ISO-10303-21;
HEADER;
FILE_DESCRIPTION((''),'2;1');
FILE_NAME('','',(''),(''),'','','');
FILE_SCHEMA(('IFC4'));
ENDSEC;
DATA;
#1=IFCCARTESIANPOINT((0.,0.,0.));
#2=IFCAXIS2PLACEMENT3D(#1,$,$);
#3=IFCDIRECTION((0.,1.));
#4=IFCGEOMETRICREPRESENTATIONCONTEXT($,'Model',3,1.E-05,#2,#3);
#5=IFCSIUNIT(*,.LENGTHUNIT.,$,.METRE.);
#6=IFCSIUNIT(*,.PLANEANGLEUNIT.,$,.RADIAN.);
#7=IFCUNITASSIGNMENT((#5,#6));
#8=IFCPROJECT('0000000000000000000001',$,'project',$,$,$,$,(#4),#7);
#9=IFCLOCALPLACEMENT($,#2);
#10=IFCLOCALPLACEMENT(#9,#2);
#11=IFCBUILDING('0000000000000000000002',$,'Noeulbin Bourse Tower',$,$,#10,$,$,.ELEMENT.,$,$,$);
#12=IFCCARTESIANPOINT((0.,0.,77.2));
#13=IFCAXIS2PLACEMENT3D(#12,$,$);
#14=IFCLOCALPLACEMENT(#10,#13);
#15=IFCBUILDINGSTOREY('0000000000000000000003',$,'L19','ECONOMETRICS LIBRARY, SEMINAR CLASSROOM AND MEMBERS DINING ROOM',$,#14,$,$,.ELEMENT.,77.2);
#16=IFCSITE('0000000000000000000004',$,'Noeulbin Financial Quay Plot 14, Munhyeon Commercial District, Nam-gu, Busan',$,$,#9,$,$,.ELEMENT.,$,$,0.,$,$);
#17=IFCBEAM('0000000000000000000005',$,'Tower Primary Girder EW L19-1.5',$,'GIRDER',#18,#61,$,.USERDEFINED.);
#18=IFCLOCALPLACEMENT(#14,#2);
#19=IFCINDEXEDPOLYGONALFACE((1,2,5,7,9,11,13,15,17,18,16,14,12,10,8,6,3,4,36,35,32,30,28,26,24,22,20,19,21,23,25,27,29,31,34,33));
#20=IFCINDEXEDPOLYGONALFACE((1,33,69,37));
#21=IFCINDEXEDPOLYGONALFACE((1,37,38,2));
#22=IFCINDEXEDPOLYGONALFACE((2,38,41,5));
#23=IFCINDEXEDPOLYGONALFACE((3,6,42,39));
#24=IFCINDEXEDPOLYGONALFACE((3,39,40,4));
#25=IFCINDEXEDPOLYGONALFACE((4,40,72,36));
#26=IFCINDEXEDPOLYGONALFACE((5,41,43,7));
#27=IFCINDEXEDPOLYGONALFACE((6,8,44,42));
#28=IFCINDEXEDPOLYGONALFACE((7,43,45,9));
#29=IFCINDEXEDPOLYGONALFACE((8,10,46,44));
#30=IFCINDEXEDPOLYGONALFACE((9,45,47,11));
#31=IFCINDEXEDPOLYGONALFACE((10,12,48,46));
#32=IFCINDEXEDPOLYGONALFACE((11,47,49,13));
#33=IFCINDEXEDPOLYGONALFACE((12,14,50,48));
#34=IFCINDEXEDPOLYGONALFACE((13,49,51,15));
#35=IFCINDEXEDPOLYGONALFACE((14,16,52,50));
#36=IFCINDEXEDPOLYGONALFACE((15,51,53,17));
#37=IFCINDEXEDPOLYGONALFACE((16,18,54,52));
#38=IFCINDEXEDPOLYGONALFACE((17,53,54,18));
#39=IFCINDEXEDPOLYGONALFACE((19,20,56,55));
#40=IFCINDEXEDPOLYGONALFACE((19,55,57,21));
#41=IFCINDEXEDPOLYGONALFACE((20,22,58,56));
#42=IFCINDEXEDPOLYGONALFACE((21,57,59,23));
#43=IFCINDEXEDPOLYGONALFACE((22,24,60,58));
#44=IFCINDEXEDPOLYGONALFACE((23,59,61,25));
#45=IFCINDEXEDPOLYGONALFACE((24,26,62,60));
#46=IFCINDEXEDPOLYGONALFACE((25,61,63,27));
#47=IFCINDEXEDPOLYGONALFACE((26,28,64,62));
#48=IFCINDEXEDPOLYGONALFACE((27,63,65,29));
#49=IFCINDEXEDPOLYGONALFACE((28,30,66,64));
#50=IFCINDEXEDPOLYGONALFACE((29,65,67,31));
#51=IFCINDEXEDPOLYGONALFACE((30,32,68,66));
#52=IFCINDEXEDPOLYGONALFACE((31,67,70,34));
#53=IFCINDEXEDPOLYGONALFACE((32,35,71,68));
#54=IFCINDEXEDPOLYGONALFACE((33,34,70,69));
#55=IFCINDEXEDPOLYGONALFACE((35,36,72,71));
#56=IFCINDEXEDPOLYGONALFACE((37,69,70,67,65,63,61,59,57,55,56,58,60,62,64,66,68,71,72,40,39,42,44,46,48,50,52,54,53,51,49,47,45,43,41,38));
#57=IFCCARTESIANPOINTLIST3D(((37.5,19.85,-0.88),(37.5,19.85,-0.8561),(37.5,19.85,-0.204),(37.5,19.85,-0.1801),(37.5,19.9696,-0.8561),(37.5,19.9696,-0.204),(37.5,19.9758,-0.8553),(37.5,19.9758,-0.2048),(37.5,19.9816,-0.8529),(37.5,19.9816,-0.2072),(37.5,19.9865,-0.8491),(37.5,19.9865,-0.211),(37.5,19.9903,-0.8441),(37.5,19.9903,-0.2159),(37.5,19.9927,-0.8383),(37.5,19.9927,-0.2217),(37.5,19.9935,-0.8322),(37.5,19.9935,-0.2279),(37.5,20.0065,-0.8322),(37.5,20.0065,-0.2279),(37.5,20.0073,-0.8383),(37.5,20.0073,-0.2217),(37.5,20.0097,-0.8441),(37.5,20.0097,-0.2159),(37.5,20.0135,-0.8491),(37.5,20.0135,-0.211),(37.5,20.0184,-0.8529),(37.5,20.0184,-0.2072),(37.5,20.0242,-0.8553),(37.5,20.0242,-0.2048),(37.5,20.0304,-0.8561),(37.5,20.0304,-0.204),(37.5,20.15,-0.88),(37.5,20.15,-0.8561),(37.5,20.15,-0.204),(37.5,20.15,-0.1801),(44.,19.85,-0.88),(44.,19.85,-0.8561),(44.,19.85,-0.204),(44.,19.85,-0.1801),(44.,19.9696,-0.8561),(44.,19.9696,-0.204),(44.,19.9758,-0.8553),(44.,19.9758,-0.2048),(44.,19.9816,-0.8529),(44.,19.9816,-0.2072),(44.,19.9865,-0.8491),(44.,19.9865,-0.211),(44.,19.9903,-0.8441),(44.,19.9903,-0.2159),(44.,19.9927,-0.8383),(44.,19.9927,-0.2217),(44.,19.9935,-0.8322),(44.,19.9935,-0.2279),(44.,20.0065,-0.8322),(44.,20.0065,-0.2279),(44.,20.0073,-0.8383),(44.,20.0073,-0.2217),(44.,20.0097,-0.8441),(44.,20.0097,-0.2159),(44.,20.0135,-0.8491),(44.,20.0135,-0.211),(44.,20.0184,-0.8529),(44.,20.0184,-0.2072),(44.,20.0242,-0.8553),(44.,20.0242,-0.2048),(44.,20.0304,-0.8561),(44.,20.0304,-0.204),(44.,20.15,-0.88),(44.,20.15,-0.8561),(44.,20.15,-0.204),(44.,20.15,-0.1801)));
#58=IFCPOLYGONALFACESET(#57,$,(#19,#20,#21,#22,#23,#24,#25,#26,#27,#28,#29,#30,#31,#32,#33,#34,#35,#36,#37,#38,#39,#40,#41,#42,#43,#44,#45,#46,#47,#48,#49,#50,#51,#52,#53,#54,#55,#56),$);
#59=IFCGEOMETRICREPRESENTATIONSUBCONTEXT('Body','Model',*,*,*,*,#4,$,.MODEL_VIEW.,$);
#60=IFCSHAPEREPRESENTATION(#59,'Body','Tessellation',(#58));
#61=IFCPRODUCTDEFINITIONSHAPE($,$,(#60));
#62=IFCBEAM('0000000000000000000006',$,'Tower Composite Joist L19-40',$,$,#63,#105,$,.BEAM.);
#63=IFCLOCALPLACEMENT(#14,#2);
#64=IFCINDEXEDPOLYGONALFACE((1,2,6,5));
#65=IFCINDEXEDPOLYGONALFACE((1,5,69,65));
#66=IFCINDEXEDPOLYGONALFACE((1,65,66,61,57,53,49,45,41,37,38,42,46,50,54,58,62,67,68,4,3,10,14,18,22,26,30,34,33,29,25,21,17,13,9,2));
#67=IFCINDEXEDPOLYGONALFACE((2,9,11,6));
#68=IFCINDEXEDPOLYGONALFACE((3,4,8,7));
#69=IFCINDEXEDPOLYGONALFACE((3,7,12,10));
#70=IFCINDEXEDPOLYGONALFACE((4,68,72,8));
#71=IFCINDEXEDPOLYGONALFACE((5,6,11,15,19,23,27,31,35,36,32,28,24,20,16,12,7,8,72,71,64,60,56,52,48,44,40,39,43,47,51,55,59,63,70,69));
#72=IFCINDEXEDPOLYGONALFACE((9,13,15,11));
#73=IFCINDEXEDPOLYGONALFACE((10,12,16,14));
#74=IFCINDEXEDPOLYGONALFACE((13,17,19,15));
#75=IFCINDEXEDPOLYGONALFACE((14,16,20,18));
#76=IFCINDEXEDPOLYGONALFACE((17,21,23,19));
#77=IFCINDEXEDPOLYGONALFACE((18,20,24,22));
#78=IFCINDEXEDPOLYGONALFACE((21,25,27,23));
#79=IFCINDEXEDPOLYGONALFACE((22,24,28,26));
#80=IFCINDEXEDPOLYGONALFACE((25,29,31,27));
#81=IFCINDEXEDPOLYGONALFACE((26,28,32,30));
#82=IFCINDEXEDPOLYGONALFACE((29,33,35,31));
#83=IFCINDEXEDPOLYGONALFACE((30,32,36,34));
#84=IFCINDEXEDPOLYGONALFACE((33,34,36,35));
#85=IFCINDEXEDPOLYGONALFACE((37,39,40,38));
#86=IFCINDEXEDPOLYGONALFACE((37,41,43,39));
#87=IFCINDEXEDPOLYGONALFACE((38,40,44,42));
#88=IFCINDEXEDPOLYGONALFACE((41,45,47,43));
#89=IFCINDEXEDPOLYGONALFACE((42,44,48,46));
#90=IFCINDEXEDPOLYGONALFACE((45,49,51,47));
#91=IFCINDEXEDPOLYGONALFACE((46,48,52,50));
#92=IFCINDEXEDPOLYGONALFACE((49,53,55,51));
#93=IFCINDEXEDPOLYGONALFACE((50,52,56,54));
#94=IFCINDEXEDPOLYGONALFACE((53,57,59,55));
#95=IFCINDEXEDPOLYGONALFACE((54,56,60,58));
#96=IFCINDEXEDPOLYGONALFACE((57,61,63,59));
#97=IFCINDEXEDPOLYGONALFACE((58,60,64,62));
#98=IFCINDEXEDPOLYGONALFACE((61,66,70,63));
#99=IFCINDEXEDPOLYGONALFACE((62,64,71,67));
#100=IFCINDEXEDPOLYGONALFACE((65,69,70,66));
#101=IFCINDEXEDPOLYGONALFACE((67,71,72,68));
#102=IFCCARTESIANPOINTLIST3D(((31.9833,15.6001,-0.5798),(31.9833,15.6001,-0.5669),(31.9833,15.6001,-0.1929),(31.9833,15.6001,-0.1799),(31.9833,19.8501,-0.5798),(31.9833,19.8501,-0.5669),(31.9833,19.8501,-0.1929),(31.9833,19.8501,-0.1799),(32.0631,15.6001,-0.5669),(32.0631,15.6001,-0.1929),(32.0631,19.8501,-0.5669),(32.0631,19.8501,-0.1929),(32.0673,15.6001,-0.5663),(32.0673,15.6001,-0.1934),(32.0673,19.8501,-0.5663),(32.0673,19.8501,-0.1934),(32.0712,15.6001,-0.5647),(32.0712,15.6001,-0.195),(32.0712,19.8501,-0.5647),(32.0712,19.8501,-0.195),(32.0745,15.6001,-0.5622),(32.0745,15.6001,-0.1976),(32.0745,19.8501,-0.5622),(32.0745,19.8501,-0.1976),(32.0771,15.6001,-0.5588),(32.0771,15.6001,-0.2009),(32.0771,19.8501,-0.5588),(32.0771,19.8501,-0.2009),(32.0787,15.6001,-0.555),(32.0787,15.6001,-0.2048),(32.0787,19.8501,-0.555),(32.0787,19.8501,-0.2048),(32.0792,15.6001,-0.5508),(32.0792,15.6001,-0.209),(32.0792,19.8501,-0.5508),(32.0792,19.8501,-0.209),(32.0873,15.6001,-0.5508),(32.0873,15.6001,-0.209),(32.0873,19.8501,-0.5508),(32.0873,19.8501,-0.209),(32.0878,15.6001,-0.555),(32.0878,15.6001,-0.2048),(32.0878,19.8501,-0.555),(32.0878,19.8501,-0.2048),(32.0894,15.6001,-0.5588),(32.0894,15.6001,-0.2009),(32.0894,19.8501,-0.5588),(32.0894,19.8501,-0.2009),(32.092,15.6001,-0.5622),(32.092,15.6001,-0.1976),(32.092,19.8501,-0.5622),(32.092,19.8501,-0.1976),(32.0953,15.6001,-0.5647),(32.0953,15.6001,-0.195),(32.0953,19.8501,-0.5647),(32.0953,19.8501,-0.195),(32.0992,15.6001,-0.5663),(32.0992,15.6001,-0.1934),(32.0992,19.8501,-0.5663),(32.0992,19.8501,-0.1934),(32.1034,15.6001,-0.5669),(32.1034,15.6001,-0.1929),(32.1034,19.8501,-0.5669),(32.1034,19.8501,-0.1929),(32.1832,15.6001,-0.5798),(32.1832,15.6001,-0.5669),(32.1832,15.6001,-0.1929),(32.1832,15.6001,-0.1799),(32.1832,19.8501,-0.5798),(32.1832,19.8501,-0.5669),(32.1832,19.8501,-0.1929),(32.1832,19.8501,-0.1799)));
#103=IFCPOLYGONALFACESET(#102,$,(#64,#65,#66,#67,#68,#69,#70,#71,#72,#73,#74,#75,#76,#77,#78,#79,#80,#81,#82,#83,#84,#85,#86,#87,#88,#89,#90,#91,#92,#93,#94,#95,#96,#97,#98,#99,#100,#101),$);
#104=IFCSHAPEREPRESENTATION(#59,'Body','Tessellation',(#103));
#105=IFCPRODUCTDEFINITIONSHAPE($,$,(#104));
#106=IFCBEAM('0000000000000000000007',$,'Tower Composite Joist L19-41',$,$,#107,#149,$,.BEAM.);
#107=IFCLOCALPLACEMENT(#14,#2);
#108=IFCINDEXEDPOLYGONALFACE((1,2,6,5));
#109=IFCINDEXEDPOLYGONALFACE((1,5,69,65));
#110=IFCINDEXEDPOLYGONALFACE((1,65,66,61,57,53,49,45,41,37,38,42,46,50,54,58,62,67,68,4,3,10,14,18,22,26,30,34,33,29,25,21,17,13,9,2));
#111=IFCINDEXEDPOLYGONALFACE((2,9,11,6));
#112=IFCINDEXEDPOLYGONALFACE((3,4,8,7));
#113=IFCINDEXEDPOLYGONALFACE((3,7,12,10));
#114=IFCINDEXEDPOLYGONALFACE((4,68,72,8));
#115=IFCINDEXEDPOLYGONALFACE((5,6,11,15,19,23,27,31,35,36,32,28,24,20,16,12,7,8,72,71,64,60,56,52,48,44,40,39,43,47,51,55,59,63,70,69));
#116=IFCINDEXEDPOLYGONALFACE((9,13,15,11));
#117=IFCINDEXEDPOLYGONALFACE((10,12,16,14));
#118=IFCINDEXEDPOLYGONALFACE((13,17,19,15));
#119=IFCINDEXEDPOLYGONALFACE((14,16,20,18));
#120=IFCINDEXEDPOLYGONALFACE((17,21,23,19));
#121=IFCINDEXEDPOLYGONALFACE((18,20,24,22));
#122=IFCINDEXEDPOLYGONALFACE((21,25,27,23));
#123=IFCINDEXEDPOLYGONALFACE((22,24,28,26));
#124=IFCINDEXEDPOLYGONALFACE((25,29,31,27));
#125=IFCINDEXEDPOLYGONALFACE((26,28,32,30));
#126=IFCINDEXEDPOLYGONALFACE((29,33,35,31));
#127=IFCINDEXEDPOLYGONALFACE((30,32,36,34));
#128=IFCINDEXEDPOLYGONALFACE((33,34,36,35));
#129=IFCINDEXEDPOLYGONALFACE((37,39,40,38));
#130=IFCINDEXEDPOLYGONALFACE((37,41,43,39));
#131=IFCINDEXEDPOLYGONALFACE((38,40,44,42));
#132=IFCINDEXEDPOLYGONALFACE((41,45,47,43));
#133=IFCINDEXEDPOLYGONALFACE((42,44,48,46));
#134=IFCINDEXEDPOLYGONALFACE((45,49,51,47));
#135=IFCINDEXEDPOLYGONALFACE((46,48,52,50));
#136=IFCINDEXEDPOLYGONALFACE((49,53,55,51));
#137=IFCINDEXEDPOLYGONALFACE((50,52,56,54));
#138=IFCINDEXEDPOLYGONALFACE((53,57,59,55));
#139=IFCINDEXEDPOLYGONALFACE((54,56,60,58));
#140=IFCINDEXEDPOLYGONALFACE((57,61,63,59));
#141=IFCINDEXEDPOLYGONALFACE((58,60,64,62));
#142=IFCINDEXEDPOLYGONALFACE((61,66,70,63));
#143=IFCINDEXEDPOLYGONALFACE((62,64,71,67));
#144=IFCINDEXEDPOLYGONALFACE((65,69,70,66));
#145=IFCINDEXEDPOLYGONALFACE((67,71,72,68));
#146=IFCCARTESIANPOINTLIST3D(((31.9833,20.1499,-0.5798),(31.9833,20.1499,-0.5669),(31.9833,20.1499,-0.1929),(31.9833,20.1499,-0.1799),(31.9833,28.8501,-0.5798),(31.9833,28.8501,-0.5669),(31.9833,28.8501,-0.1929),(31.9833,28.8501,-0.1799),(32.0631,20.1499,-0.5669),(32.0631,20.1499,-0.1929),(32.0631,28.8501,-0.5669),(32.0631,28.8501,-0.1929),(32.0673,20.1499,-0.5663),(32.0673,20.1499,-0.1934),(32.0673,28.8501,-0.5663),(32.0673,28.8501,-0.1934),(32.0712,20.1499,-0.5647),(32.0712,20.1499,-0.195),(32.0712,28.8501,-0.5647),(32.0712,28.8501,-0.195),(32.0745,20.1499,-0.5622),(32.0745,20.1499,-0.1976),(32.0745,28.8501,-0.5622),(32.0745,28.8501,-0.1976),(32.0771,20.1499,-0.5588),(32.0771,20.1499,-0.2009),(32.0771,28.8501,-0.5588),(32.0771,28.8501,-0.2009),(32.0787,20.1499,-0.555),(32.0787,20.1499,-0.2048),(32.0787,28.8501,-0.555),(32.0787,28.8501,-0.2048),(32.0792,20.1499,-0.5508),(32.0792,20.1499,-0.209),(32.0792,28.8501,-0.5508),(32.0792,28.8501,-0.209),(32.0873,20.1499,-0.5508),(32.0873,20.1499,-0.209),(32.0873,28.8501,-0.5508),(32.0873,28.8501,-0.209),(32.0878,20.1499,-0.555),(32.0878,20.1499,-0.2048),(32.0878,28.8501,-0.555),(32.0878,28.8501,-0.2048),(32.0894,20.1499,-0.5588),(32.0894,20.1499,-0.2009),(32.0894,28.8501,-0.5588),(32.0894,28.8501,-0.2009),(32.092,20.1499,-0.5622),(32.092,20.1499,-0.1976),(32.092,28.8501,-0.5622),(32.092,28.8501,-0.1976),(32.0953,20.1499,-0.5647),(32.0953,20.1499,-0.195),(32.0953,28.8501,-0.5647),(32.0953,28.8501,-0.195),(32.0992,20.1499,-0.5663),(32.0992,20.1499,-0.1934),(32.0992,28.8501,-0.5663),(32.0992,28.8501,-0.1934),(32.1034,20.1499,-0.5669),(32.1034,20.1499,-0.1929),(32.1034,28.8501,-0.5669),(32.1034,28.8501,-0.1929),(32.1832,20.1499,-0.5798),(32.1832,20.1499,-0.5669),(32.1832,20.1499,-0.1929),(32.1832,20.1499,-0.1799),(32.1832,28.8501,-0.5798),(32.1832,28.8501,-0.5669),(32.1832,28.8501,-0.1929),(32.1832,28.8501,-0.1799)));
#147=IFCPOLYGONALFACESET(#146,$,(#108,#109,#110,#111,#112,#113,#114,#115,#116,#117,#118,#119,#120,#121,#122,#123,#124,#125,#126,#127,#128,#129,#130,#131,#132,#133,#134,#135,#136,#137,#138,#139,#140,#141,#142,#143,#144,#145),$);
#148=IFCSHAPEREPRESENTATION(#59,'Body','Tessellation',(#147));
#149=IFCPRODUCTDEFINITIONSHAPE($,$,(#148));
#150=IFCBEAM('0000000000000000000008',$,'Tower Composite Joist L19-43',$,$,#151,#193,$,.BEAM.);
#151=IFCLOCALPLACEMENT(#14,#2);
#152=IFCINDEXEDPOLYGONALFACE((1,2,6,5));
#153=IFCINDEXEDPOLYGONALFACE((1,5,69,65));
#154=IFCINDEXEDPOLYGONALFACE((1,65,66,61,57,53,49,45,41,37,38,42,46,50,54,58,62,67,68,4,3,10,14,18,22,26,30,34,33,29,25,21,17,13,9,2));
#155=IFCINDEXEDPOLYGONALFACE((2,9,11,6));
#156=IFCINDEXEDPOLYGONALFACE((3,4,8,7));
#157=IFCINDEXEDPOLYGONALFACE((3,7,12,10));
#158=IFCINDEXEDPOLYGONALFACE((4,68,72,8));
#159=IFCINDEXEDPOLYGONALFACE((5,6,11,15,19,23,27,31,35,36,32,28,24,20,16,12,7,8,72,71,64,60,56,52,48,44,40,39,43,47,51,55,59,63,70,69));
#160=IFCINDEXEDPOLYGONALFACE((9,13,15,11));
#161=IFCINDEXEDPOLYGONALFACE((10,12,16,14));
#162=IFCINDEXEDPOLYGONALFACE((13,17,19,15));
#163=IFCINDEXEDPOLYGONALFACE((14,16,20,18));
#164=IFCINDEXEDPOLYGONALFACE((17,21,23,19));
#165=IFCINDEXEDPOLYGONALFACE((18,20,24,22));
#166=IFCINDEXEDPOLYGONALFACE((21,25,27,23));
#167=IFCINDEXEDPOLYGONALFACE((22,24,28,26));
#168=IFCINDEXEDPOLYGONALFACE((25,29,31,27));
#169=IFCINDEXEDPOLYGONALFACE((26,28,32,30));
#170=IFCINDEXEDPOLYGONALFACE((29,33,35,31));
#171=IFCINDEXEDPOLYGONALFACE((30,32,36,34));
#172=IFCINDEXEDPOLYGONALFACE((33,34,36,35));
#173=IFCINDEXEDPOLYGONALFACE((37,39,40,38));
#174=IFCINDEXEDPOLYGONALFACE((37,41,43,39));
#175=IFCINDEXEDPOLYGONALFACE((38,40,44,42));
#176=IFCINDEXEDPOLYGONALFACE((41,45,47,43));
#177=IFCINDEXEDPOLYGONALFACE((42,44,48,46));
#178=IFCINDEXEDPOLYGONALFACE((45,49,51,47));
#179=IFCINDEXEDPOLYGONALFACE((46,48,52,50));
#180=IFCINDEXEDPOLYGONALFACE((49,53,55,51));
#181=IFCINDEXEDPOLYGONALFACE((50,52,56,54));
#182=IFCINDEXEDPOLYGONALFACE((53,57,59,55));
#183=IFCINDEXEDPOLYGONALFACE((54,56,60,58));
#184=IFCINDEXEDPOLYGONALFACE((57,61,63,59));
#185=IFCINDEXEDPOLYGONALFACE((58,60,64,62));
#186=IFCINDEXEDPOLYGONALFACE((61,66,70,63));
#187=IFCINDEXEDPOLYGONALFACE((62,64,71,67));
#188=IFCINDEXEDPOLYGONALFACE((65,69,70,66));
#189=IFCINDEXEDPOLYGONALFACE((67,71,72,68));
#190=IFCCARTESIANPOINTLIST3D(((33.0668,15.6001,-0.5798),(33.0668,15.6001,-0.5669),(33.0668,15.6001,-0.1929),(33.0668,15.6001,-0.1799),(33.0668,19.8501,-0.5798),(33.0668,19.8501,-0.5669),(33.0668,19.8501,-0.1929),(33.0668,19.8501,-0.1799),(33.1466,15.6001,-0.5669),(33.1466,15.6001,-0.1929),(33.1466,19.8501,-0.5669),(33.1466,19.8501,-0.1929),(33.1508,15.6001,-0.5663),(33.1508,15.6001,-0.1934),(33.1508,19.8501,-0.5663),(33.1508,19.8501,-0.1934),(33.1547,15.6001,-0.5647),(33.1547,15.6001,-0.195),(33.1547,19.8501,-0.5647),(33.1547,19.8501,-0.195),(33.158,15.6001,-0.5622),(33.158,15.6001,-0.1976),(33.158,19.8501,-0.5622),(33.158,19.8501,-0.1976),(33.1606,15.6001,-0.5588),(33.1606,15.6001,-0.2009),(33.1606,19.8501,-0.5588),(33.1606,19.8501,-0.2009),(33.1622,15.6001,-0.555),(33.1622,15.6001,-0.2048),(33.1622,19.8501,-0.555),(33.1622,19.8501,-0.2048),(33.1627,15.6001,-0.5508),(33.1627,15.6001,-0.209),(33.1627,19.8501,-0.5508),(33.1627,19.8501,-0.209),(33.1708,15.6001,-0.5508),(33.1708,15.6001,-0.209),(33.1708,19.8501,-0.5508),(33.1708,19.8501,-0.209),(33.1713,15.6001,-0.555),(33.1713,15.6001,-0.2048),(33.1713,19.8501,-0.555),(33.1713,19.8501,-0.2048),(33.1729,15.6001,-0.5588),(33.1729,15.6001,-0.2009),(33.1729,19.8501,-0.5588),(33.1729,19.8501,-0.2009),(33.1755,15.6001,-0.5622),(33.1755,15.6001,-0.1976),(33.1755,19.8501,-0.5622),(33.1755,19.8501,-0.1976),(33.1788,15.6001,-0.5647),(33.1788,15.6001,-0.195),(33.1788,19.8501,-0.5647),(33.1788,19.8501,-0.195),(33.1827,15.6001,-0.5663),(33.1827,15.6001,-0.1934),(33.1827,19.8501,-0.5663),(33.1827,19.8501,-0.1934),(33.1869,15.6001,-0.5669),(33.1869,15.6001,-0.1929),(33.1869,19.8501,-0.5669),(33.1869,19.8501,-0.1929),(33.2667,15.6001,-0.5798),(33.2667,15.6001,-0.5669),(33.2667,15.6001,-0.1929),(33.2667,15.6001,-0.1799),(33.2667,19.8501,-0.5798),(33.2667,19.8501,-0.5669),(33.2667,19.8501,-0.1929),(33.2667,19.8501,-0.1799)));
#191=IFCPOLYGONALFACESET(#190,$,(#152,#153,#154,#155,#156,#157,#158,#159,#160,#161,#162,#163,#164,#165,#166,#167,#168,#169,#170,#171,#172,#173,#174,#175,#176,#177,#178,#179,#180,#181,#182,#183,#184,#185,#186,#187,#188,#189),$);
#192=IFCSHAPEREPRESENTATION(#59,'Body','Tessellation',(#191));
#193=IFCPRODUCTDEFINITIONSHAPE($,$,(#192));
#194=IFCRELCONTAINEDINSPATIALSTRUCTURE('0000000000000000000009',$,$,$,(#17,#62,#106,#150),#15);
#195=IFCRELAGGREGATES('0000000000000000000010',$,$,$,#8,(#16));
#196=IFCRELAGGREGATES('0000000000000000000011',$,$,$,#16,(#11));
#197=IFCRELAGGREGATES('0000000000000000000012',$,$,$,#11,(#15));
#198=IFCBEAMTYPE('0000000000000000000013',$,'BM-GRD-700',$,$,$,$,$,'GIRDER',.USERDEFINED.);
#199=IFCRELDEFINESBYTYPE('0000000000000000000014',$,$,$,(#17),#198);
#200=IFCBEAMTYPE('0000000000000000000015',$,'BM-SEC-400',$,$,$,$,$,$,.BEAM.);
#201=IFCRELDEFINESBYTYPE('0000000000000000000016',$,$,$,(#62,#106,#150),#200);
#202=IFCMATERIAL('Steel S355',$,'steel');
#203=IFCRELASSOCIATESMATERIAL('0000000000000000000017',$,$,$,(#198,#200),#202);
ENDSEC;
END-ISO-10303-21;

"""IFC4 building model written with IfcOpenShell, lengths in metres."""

from ifc_helpers import new_model, si_unit, direction, frame, origin, origin_2d, place, context, subcontext, project, spatial, i_section, extrude, material, material_profile, profile_set, type_object, element, save


model = new_model("IFC4")

# Units and contexts
model_context = context("Model", 3, precision=1e-05, world=origin(), true_north=direction((0.0, 1.0)))
body_context = subcontext(model_context, "Body", "Model", "MODEL_VIEW")
ifc_project = project(units=[si_unit("LENGTHUNIT", "METRE"), si_unit("PLANEANGLEUNIT", "RADIAN")], contexts=[model_context])

# Site, building, storey
site_placement = place(None, origin())
site = spatial("IfcSite", under=ifc_project, at=site_placement, Name="Noeulbin Financial Quay Plot 14, Munhyeon Commercial District, Nam-gu, Busan", CompositionType="ELEMENT", RefElevation=0.0)
building_placement = place(site_placement, origin())
building = spatial("IfcBuilding", under=site, at=building_placement, Name="Noeulbin Bourse Tower", CompositionType="ELEMENT")
storey_placement = place(building_placement, frame((0.0, 0.0, 77.2)))
storey = spatial("IfcBuildingStorey", under=building, at=storey_placement, Name="L19", Description="ECONOMETRICS LIBRARY, SEMINAR CLASSROOM AND MEMBERS DINING ROOM", CompositionType="ELEMENT", Elevation=77.2)

# Shared definitions
ifc_material_1 = material(Name="Steel S355", Category="steel")

# Beams
ifc_material_profile_1 = material_profile(ifc_material_1, i_section(OverallWidth=0.3, OverallDepth=0.7, WebThickness=0.0129, FlangeThickness=0.0239, FilletRadius=0.0239, at=origin_2d()), Name="H-700x300x13x24", Category="LoadBearing")
ifc_profile_set_1 = profile_set([ifc_material_profile_1], Name="Steel S355")
beam_type_1 = type_object("IfcBeamType", Name="BM-GRD-700", ElementType="GIRDER", PredefinedType="USERDEFINED", material=ifc_profile_set_1)
beam_1_placement = place(storey_placement, frame((37.5, 20.0, -0.53), z_axis=(1.0, 0.0, 0.0), x_axis=(0.0, 1.0, 0.0)))
element("IfcBeam", 1, at=beam_1_placement, inside=storey, type_object=beam_type_1, Name="Tower Primary Girder EW L19-1.5", ObjectType="GIRDER", PredefinedType="USERDEFINED", context=body_context, shape_type="SweptSolid", body=[
    extrude(i_section(OverallWidth=0.3, OverallDepth=0.7, WebThickness=0.0129, FlangeThickness=0.0239, FilletRadius=0.0239, at=origin_2d()), origin(), (0.0, 0.0, 1.0), 6.5),
])
ifc_material_profile_2 = material_profile(ifc_material_1, i_section(OverallWidth=0.2, OverallDepth=0.3999, WebThickness=0.0081, FlangeThickness=0.0129, FilletRadius=0.0161, at=origin_2d()), Name="H-400x200x8x13", Category="LoadBearing")
ifc_profile_set_2 = profile_set([ifc_material_profile_2], Name="Steel S355")
beam_type_2 = type_object("IfcBeamType", Name="BM-SEC-400", PredefinedType="BEAM", material=ifc_profile_set_2)
beam_2_placement = place(storey_placement, frame((32.0833, 15.6001, -0.3799), z_axis=(0.0, 1.0, 0.0), x_axis=(-1.0, 0.0, 0.0)))
element("IfcBeam", 2, at=beam_2_placement, inside=storey, type_object=beam_type_2, Name="Tower Composite Joist L19-40", PredefinedType="BEAM", context=body_context, shape_type="SweptSolid", body=[
    extrude(i_section(OverallWidth=0.2, OverallDepth=0.3999, WebThickness=0.0081, FlangeThickness=0.0129, FilletRadius=0.0161, at=origin_2d()), origin(), (0.0, 0.0, 1.0), 4.25),
])
beam_3_placement = place(storey_placement, frame((32.0833, 20.1499, -0.3799), z_axis=(0.0, 1.0, 0.0), x_axis=(-1.0, 0.0, 0.0)))
element("IfcBeam", 3, at=beam_3_placement, inside=storey, type_object=beam_type_2, Name="Tower Composite Joist L19-41", PredefinedType="BEAM", context=body_context, shape_type="SweptSolid", body=[
    extrude(i_section(OverallWidth=0.2, OverallDepth=0.3999, WebThickness=0.0081, FlangeThickness=0.0129, FilletRadius=0.0161, at=origin_2d()), origin(), (0.0, 0.0, 1.0), 8.7002),
])
beam_4_placement = place(storey_placement, frame((33.1667, 15.6001, -0.3799), z_axis=(0.0, 1.0, 0.0), x_axis=(-1.0, 0.0, 0.0)))
element("IfcBeam", 4, at=beam_4_placement, inside=storey, type_object=beam_type_2, Name="Tower Composite Joist L19-43", PredefinedType="BEAM", context=body_context, shape_type="SweptSolid", body=[
    extrude(i_section(OverallWidth=0.2, OverallDepth=0.3999, WebThickness=0.0081, FlangeThickness=0.0129, FilletRadius=0.0161, at=origin_2d()), origin(), (0.0, 0.0, 1.0), 4.25),
])

save(model, "model.ifc")
